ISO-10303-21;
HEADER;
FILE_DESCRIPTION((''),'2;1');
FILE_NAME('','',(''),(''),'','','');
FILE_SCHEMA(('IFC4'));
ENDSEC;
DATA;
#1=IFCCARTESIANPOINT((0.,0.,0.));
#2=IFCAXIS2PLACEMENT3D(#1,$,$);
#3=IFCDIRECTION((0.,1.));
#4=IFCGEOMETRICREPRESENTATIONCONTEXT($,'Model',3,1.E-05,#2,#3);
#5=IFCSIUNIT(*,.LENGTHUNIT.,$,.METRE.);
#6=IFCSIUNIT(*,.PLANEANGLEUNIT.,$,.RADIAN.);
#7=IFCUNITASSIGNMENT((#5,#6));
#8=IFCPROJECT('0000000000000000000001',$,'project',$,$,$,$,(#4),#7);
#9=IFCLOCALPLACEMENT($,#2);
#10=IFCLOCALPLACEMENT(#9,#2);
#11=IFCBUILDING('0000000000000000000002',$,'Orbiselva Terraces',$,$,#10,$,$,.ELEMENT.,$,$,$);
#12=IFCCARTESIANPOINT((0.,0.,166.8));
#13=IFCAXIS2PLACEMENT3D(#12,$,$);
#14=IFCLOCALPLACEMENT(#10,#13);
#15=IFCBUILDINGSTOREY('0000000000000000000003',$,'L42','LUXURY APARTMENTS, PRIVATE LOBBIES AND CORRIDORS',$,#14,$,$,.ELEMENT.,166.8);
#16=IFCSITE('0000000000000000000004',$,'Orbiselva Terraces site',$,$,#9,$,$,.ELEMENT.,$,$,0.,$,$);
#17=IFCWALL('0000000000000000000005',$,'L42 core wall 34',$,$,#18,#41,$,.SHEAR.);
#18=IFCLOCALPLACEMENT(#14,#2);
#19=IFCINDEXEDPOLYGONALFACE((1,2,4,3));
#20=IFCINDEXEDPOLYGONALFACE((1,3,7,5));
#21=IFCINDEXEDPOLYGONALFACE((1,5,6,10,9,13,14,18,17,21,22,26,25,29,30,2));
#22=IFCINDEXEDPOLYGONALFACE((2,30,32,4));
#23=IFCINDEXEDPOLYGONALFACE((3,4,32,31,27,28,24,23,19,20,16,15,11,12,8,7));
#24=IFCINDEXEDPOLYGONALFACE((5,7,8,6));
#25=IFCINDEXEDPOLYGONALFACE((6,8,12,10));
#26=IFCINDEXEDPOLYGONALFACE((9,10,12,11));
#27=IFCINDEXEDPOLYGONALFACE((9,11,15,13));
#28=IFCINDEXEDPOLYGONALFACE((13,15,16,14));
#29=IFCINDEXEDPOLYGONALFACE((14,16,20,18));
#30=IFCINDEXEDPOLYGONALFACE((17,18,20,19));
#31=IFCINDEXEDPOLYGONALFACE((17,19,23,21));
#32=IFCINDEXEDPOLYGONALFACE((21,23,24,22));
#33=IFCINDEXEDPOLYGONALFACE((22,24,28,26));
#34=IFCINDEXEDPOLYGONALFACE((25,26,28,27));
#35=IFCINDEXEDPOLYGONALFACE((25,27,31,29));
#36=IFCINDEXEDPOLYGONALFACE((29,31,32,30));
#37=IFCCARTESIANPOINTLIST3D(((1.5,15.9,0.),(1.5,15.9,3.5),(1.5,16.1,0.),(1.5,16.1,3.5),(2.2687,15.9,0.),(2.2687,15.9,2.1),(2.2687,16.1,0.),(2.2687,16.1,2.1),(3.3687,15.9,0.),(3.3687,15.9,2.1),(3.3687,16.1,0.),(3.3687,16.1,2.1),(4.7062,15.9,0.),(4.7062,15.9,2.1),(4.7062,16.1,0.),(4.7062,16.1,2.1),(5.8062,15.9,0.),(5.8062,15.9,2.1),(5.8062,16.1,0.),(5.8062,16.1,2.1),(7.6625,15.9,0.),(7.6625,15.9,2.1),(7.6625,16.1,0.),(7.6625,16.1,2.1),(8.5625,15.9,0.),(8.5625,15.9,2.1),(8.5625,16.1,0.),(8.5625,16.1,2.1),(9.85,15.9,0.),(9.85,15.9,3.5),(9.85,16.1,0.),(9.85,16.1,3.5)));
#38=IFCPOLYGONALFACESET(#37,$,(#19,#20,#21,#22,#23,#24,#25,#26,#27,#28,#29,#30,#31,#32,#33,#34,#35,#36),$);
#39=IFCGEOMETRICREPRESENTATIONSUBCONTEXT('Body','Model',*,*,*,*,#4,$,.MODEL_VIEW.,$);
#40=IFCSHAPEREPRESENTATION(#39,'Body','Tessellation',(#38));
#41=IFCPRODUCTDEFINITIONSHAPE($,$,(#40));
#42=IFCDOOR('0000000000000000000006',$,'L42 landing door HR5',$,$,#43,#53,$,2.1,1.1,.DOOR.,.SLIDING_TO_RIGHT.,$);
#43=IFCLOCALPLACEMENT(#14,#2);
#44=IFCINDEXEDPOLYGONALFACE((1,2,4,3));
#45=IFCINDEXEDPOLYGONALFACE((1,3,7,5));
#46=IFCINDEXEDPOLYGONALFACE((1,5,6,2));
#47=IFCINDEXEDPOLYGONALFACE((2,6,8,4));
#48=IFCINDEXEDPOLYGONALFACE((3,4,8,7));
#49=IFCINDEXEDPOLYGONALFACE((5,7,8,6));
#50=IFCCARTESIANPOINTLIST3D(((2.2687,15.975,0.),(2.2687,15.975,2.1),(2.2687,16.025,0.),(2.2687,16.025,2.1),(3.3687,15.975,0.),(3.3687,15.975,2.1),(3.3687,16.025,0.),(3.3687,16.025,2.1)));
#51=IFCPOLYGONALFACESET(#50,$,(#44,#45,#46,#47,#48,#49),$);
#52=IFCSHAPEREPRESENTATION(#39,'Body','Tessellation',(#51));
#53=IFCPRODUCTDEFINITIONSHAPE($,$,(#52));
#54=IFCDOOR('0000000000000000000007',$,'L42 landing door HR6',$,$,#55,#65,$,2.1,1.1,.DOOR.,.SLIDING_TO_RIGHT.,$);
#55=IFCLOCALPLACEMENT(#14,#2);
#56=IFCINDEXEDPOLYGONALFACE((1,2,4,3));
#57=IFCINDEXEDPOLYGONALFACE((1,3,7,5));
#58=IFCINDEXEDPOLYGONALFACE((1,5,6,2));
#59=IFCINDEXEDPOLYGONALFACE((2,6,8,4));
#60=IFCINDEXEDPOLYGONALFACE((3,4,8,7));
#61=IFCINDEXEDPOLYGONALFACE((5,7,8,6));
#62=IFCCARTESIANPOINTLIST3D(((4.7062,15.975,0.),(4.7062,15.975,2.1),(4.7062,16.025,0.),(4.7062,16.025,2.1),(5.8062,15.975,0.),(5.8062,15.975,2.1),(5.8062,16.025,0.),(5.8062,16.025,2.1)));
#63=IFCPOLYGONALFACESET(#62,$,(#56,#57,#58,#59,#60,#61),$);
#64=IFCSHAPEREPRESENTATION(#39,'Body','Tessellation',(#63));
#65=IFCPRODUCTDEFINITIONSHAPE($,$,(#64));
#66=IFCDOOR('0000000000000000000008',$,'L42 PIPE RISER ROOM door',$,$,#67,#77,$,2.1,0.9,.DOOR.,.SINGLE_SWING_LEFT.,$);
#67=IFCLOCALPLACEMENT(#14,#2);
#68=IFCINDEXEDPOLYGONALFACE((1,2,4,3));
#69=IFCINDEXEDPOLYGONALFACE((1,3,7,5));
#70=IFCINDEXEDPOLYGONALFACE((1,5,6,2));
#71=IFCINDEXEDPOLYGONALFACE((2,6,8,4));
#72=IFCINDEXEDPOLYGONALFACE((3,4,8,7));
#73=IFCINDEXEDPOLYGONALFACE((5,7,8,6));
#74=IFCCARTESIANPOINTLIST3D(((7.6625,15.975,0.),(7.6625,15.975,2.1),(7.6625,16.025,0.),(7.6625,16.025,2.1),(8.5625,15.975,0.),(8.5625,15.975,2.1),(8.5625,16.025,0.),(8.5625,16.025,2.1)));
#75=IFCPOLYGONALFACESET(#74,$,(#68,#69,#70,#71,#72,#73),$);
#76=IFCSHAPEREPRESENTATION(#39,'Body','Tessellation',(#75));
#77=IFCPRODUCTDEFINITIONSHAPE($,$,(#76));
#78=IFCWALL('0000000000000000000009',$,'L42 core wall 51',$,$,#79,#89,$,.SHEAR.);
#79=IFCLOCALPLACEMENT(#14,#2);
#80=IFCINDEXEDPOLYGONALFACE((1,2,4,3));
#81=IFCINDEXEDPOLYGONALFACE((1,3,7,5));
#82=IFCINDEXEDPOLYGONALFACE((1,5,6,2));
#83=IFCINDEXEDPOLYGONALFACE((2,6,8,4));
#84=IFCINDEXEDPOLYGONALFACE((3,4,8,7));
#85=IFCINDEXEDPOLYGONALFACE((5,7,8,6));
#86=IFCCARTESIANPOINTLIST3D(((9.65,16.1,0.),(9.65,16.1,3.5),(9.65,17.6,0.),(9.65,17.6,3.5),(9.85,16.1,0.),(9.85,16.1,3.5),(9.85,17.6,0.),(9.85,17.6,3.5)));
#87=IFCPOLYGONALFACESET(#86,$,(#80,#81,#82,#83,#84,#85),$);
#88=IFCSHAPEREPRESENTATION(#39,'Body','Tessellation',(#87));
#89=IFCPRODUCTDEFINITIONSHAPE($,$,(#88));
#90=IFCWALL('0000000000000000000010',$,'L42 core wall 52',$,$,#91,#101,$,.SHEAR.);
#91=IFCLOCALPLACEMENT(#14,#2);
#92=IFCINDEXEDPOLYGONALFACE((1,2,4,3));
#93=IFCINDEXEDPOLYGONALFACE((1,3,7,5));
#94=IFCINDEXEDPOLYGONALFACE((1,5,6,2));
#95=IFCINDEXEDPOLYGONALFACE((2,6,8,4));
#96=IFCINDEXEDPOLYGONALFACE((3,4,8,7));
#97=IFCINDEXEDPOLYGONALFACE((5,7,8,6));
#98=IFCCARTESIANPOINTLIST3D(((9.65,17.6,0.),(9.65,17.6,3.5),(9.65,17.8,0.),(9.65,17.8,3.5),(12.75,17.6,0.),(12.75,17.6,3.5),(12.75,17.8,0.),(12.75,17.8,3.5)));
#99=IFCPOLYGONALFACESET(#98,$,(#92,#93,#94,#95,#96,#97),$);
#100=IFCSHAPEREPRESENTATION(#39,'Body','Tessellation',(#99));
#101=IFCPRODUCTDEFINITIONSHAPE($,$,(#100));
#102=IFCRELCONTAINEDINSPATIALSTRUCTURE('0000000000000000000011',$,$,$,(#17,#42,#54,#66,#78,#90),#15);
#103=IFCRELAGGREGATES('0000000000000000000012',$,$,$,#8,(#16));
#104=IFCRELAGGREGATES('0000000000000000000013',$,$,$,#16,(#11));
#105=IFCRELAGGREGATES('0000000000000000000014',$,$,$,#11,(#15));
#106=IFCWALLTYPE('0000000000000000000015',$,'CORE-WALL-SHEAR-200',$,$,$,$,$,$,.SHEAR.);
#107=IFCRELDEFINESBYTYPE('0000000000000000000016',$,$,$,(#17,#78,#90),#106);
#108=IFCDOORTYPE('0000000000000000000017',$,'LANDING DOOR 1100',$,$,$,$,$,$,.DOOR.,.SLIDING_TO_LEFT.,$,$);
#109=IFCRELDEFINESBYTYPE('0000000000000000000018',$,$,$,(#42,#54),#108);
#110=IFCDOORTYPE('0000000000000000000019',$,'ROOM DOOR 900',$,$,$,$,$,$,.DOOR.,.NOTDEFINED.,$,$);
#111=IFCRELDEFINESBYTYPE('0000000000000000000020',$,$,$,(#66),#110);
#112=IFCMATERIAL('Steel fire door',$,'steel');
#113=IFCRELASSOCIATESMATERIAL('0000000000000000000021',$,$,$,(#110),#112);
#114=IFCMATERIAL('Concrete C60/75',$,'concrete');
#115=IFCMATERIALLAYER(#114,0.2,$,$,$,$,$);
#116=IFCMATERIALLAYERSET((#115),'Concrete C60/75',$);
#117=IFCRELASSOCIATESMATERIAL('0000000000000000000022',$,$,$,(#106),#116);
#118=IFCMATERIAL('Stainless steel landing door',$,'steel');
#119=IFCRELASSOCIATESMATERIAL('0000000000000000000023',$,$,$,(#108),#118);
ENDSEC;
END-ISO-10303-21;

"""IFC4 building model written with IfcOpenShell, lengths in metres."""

from ifc_helpers import new_model, si_unit, direction, frame, frame_2d, origin, place, context, subcontext, project, spatial, rectangle, extrude, material, layer, layer_set, type_object, element, fill, save


model = new_model("IFC4")

# Units and contexts
model_context = context("Model", 3, precision=1e-05, world=origin(), true_north=direction((0.0, 1.0)))
body_context = subcontext(model_context, "Body", "Model", "MODEL_VIEW")
ifc_project = project(units=[si_unit("LENGTHUNIT", "METRE"), si_unit("PLANEANGLEUNIT", "RADIAN")], contexts=[model_context])

# Site, building, storey
site_placement = place(None, origin())
site = spatial("IfcSite", under=ifc_project, at=site_placement, Name="Orbiselva Terraces site", CompositionType="ELEMENT", RefElevation=0.0)
building_placement = place(site_placement, origin())
building = spatial("IfcBuilding", under=site, at=building_placement, Name="Orbiselva Terraces", CompositionType="ELEMENT")
storey_placement = place(building_placement, frame((0.0, 0.0, 166.8)))
storey = spatial("IfcBuildingStorey", under=building, at=storey_placement, Name="L42", Description="LUXURY APARTMENTS, PRIVATE LOBBIES AND CORRIDORS", CompositionType="ELEMENT", Elevation=166.8)

# Shared definitions
ifc_material_1 = material(Name="Steel fire door", Category="steel")
door_type_1 = type_object("IfcDoorType", Name="ROOM DOOR 900", OperationType="NOTDEFINED", PredefinedType="DOOR", material=ifc_material_1)

# Shared definitions
ifc_material_2 = material(Name="Concrete C60/75", Category="concrete")
ifc_layer_1 = layer(ifc_material_2, 0.2)
ifc_layer_set_1 = layer_set([ifc_layer_1], Name="Concrete C60/75")
wall_type_1 = type_object("IfcWallType", Name="CORE-WALL-SHEAR-200", PredefinedType="SHEAR", material=ifc_layer_set_1)

# Wall, openings, doors
wall_1_placement = place(storey_placement, frame((9.85, 16.0, 0.0), z_axis=(0.0, 0.0, 1.0), x_axis=(-1.0, 0.0, 0.0)))
wall_1 = element("IfcWall", 1, at=wall_1_placement, inside=storey, type_object=wall_type_1, Name="L42 core wall 34", PredefinedType="SHEAR", context=body_context, shape_type="SweptSolid", body=[
    extrude(rectangle(XDim=8.35, YDim=0.2, at=frame_2d((4.175, 0.0))), origin(), (0.0, 0.0, 1.0), 3.5),
])
opening_1_placement = place(wall_1_placement, frame((6.4813, 0.0, 0.0)))
opening_1 = element("IfcOpeningElement", 2, at=opening_1_placement, cuts=wall_1, PredefinedType="OPENING", context=body_context, shape_type="SweptSolid", body=[
    extrude(rectangle(XDim=1.1, YDim=2.1, at=frame_2d((0.55, 1.05))), frame((0.0, 0.11, 0.0), z_axis=(0.0, -1.0, 0.0), x_axis=(1.0, 0.0, 0.0)), (0.0, 0.0, 1.0), 0.22),
])
opening_2_placement = place(wall_1_placement, frame((4.0438, 0.0, 0.0)))
opening_2 = element("IfcOpeningElement", 3, at=opening_2_placement, cuts=wall_1, PredefinedType="OPENING", context=body_context, shape_type="SweptSolid", body=[
    extrude(rectangle(XDim=1.1, YDim=2.1, at=frame_2d((0.55, 1.05))), frame((0.0, 0.11, 0.0), z_axis=(0.0, -1.0, 0.0), x_axis=(1.0, 0.0, 0.0)), (0.0, 0.0, 1.0), 0.22),
])
opening_3_placement = place(wall_1_placement, frame((1.2875, 0.0, 0.0)))
opening_3 = element("IfcOpeningElement", 4, at=opening_3_placement, cuts=wall_1, PredefinedType="OPENING", context=body_context, shape_type="SweptSolid", body=[
    extrude(rectangle(XDim=0.9, YDim=2.1, at=frame_2d((0.45, 1.05))), frame((0.0, 0.11, 0.0), z_axis=(0.0, -1.0, 0.0), x_axis=(1.0, 0.0, 0.0)), (0.0, 0.0, 1.0), 0.22),
])
ifc_material_3 = material(Name="Stainless steel landing door", Category="steel")
door_type_2 = type_object("IfcDoorType", Name="LANDING DOOR 1100", OperationType="SLIDING_TO_LEFT", PredefinedType="DOOR", material=ifc_material_3)
door_1_placement = place(opening_1_placement, origin())
door_1 = element("IfcDoor", 5, at=door_1_placement, inside=storey, type_object=door_type_2, Name="L42 landing door HR5", OperationType="SLIDING_TO_RIGHT", OverallHeight=2.1, OverallWidth=1.1, PredefinedType="DOOR", context=body_context, shape_type="SweptSolid", body=[
    extrude(rectangle(XDim=1.1, YDim=2.1, at=frame_2d((0.55, 1.05))), frame((0.0, 0.025, 0.0), z_axis=(0.0, -1.0, 0.0), x_axis=(1.0, 0.0, 0.0)), (0.0, 0.0, 1.0), 0.05),
])
fill(opening_1, door_1)
door_2_placement = place(opening_2_placement, origin())
door_2 = element("IfcDoor", 6, at=door_2_placement, inside=storey, type_object=door_type_2, Name="L42 landing door HR6", OperationType="SLIDING_TO_RIGHT", OverallHeight=2.1, OverallWidth=1.1, PredefinedType="DOOR", context=body_context, shape_type="SweptSolid", body=[
    extrude(rectangle(XDim=1.1, YDim=2.1, at=frame_2d((0.55, 1.05))), frame((0.0, 0.025, 0.0), z_axis=(0.0, -1.0, 0.0), x_axis=(1.0, 0.0, 0.0)), (0.0, 0.0, 1.0), 0.05),
])
fill(opening_2, door_2)
door_3_placement = place(opening_3_placement, origin())
door_3 = element("IfcDoor", 7, at=door_3_placement, inside=storey, type_object=door_type_1, Name="L42 PIPE RISER ROOM door", OperationType="SINGLE_SWING_LEFT", OverallHeight=2.1, OverallWidth=0.9, PredefinedType="DOOR", context=body_context, shape_type="SweptSolid", body=[
    extrude(rectangle(XDim=0.9, YDim=2.1, at=frame_2d((0.45, 1.05))), frame((0.0, 0.025, 0.0), z_axis=(0.0, -1.0, 0.0), x_axis=(1.0, 0.0, 0.0)), (0.0, 0.0, 1.0), 0.05),
])
fill(opening_3, door_3)

# Walls
wall_2_placement = place(storey_placement, frame((9.75, 16.1, 0.0), z_axis=(0.0, 0.0, 1.0), x_axis=(0.0, 1.0, 0.0)))
element("IfcWall", 8, at=wall_2_placement, inside=storey, type_object=wall_type_1, Name="L42 core wall 51", PredefinedType="SHEAR", context=body_context, shape_type="SweptSolid", body=[
    extrude(rectangle(XDim=1.5, YDim=0.2, at=frame_2d((0.75, 0.0))), origin(), (0.0, 0.0, 1.0), 3.5),
])
wall_3_placement = place(storey_placement, frame((9.65, 17.7, 0.0), z_axis=(0.0, 0.0, 1.0), x_axis=(1.0, 0.0, 0.0)))
element("IfcWall", 9, at=wall_3_placement, inside=storey, type_object=wall_type_1, Name="L42 core wall 52", PredefinedType="SHEAR", context=body_context, shape_type="SweptSolid", body=[
    extrude(rectangle(XDim=3.1, YDim=0.2, at=frame_2d((1.55, 0.0))), origin(), (0.0, 0.0, 1.0), 3.5),
])

save(model, "model.ifc")
